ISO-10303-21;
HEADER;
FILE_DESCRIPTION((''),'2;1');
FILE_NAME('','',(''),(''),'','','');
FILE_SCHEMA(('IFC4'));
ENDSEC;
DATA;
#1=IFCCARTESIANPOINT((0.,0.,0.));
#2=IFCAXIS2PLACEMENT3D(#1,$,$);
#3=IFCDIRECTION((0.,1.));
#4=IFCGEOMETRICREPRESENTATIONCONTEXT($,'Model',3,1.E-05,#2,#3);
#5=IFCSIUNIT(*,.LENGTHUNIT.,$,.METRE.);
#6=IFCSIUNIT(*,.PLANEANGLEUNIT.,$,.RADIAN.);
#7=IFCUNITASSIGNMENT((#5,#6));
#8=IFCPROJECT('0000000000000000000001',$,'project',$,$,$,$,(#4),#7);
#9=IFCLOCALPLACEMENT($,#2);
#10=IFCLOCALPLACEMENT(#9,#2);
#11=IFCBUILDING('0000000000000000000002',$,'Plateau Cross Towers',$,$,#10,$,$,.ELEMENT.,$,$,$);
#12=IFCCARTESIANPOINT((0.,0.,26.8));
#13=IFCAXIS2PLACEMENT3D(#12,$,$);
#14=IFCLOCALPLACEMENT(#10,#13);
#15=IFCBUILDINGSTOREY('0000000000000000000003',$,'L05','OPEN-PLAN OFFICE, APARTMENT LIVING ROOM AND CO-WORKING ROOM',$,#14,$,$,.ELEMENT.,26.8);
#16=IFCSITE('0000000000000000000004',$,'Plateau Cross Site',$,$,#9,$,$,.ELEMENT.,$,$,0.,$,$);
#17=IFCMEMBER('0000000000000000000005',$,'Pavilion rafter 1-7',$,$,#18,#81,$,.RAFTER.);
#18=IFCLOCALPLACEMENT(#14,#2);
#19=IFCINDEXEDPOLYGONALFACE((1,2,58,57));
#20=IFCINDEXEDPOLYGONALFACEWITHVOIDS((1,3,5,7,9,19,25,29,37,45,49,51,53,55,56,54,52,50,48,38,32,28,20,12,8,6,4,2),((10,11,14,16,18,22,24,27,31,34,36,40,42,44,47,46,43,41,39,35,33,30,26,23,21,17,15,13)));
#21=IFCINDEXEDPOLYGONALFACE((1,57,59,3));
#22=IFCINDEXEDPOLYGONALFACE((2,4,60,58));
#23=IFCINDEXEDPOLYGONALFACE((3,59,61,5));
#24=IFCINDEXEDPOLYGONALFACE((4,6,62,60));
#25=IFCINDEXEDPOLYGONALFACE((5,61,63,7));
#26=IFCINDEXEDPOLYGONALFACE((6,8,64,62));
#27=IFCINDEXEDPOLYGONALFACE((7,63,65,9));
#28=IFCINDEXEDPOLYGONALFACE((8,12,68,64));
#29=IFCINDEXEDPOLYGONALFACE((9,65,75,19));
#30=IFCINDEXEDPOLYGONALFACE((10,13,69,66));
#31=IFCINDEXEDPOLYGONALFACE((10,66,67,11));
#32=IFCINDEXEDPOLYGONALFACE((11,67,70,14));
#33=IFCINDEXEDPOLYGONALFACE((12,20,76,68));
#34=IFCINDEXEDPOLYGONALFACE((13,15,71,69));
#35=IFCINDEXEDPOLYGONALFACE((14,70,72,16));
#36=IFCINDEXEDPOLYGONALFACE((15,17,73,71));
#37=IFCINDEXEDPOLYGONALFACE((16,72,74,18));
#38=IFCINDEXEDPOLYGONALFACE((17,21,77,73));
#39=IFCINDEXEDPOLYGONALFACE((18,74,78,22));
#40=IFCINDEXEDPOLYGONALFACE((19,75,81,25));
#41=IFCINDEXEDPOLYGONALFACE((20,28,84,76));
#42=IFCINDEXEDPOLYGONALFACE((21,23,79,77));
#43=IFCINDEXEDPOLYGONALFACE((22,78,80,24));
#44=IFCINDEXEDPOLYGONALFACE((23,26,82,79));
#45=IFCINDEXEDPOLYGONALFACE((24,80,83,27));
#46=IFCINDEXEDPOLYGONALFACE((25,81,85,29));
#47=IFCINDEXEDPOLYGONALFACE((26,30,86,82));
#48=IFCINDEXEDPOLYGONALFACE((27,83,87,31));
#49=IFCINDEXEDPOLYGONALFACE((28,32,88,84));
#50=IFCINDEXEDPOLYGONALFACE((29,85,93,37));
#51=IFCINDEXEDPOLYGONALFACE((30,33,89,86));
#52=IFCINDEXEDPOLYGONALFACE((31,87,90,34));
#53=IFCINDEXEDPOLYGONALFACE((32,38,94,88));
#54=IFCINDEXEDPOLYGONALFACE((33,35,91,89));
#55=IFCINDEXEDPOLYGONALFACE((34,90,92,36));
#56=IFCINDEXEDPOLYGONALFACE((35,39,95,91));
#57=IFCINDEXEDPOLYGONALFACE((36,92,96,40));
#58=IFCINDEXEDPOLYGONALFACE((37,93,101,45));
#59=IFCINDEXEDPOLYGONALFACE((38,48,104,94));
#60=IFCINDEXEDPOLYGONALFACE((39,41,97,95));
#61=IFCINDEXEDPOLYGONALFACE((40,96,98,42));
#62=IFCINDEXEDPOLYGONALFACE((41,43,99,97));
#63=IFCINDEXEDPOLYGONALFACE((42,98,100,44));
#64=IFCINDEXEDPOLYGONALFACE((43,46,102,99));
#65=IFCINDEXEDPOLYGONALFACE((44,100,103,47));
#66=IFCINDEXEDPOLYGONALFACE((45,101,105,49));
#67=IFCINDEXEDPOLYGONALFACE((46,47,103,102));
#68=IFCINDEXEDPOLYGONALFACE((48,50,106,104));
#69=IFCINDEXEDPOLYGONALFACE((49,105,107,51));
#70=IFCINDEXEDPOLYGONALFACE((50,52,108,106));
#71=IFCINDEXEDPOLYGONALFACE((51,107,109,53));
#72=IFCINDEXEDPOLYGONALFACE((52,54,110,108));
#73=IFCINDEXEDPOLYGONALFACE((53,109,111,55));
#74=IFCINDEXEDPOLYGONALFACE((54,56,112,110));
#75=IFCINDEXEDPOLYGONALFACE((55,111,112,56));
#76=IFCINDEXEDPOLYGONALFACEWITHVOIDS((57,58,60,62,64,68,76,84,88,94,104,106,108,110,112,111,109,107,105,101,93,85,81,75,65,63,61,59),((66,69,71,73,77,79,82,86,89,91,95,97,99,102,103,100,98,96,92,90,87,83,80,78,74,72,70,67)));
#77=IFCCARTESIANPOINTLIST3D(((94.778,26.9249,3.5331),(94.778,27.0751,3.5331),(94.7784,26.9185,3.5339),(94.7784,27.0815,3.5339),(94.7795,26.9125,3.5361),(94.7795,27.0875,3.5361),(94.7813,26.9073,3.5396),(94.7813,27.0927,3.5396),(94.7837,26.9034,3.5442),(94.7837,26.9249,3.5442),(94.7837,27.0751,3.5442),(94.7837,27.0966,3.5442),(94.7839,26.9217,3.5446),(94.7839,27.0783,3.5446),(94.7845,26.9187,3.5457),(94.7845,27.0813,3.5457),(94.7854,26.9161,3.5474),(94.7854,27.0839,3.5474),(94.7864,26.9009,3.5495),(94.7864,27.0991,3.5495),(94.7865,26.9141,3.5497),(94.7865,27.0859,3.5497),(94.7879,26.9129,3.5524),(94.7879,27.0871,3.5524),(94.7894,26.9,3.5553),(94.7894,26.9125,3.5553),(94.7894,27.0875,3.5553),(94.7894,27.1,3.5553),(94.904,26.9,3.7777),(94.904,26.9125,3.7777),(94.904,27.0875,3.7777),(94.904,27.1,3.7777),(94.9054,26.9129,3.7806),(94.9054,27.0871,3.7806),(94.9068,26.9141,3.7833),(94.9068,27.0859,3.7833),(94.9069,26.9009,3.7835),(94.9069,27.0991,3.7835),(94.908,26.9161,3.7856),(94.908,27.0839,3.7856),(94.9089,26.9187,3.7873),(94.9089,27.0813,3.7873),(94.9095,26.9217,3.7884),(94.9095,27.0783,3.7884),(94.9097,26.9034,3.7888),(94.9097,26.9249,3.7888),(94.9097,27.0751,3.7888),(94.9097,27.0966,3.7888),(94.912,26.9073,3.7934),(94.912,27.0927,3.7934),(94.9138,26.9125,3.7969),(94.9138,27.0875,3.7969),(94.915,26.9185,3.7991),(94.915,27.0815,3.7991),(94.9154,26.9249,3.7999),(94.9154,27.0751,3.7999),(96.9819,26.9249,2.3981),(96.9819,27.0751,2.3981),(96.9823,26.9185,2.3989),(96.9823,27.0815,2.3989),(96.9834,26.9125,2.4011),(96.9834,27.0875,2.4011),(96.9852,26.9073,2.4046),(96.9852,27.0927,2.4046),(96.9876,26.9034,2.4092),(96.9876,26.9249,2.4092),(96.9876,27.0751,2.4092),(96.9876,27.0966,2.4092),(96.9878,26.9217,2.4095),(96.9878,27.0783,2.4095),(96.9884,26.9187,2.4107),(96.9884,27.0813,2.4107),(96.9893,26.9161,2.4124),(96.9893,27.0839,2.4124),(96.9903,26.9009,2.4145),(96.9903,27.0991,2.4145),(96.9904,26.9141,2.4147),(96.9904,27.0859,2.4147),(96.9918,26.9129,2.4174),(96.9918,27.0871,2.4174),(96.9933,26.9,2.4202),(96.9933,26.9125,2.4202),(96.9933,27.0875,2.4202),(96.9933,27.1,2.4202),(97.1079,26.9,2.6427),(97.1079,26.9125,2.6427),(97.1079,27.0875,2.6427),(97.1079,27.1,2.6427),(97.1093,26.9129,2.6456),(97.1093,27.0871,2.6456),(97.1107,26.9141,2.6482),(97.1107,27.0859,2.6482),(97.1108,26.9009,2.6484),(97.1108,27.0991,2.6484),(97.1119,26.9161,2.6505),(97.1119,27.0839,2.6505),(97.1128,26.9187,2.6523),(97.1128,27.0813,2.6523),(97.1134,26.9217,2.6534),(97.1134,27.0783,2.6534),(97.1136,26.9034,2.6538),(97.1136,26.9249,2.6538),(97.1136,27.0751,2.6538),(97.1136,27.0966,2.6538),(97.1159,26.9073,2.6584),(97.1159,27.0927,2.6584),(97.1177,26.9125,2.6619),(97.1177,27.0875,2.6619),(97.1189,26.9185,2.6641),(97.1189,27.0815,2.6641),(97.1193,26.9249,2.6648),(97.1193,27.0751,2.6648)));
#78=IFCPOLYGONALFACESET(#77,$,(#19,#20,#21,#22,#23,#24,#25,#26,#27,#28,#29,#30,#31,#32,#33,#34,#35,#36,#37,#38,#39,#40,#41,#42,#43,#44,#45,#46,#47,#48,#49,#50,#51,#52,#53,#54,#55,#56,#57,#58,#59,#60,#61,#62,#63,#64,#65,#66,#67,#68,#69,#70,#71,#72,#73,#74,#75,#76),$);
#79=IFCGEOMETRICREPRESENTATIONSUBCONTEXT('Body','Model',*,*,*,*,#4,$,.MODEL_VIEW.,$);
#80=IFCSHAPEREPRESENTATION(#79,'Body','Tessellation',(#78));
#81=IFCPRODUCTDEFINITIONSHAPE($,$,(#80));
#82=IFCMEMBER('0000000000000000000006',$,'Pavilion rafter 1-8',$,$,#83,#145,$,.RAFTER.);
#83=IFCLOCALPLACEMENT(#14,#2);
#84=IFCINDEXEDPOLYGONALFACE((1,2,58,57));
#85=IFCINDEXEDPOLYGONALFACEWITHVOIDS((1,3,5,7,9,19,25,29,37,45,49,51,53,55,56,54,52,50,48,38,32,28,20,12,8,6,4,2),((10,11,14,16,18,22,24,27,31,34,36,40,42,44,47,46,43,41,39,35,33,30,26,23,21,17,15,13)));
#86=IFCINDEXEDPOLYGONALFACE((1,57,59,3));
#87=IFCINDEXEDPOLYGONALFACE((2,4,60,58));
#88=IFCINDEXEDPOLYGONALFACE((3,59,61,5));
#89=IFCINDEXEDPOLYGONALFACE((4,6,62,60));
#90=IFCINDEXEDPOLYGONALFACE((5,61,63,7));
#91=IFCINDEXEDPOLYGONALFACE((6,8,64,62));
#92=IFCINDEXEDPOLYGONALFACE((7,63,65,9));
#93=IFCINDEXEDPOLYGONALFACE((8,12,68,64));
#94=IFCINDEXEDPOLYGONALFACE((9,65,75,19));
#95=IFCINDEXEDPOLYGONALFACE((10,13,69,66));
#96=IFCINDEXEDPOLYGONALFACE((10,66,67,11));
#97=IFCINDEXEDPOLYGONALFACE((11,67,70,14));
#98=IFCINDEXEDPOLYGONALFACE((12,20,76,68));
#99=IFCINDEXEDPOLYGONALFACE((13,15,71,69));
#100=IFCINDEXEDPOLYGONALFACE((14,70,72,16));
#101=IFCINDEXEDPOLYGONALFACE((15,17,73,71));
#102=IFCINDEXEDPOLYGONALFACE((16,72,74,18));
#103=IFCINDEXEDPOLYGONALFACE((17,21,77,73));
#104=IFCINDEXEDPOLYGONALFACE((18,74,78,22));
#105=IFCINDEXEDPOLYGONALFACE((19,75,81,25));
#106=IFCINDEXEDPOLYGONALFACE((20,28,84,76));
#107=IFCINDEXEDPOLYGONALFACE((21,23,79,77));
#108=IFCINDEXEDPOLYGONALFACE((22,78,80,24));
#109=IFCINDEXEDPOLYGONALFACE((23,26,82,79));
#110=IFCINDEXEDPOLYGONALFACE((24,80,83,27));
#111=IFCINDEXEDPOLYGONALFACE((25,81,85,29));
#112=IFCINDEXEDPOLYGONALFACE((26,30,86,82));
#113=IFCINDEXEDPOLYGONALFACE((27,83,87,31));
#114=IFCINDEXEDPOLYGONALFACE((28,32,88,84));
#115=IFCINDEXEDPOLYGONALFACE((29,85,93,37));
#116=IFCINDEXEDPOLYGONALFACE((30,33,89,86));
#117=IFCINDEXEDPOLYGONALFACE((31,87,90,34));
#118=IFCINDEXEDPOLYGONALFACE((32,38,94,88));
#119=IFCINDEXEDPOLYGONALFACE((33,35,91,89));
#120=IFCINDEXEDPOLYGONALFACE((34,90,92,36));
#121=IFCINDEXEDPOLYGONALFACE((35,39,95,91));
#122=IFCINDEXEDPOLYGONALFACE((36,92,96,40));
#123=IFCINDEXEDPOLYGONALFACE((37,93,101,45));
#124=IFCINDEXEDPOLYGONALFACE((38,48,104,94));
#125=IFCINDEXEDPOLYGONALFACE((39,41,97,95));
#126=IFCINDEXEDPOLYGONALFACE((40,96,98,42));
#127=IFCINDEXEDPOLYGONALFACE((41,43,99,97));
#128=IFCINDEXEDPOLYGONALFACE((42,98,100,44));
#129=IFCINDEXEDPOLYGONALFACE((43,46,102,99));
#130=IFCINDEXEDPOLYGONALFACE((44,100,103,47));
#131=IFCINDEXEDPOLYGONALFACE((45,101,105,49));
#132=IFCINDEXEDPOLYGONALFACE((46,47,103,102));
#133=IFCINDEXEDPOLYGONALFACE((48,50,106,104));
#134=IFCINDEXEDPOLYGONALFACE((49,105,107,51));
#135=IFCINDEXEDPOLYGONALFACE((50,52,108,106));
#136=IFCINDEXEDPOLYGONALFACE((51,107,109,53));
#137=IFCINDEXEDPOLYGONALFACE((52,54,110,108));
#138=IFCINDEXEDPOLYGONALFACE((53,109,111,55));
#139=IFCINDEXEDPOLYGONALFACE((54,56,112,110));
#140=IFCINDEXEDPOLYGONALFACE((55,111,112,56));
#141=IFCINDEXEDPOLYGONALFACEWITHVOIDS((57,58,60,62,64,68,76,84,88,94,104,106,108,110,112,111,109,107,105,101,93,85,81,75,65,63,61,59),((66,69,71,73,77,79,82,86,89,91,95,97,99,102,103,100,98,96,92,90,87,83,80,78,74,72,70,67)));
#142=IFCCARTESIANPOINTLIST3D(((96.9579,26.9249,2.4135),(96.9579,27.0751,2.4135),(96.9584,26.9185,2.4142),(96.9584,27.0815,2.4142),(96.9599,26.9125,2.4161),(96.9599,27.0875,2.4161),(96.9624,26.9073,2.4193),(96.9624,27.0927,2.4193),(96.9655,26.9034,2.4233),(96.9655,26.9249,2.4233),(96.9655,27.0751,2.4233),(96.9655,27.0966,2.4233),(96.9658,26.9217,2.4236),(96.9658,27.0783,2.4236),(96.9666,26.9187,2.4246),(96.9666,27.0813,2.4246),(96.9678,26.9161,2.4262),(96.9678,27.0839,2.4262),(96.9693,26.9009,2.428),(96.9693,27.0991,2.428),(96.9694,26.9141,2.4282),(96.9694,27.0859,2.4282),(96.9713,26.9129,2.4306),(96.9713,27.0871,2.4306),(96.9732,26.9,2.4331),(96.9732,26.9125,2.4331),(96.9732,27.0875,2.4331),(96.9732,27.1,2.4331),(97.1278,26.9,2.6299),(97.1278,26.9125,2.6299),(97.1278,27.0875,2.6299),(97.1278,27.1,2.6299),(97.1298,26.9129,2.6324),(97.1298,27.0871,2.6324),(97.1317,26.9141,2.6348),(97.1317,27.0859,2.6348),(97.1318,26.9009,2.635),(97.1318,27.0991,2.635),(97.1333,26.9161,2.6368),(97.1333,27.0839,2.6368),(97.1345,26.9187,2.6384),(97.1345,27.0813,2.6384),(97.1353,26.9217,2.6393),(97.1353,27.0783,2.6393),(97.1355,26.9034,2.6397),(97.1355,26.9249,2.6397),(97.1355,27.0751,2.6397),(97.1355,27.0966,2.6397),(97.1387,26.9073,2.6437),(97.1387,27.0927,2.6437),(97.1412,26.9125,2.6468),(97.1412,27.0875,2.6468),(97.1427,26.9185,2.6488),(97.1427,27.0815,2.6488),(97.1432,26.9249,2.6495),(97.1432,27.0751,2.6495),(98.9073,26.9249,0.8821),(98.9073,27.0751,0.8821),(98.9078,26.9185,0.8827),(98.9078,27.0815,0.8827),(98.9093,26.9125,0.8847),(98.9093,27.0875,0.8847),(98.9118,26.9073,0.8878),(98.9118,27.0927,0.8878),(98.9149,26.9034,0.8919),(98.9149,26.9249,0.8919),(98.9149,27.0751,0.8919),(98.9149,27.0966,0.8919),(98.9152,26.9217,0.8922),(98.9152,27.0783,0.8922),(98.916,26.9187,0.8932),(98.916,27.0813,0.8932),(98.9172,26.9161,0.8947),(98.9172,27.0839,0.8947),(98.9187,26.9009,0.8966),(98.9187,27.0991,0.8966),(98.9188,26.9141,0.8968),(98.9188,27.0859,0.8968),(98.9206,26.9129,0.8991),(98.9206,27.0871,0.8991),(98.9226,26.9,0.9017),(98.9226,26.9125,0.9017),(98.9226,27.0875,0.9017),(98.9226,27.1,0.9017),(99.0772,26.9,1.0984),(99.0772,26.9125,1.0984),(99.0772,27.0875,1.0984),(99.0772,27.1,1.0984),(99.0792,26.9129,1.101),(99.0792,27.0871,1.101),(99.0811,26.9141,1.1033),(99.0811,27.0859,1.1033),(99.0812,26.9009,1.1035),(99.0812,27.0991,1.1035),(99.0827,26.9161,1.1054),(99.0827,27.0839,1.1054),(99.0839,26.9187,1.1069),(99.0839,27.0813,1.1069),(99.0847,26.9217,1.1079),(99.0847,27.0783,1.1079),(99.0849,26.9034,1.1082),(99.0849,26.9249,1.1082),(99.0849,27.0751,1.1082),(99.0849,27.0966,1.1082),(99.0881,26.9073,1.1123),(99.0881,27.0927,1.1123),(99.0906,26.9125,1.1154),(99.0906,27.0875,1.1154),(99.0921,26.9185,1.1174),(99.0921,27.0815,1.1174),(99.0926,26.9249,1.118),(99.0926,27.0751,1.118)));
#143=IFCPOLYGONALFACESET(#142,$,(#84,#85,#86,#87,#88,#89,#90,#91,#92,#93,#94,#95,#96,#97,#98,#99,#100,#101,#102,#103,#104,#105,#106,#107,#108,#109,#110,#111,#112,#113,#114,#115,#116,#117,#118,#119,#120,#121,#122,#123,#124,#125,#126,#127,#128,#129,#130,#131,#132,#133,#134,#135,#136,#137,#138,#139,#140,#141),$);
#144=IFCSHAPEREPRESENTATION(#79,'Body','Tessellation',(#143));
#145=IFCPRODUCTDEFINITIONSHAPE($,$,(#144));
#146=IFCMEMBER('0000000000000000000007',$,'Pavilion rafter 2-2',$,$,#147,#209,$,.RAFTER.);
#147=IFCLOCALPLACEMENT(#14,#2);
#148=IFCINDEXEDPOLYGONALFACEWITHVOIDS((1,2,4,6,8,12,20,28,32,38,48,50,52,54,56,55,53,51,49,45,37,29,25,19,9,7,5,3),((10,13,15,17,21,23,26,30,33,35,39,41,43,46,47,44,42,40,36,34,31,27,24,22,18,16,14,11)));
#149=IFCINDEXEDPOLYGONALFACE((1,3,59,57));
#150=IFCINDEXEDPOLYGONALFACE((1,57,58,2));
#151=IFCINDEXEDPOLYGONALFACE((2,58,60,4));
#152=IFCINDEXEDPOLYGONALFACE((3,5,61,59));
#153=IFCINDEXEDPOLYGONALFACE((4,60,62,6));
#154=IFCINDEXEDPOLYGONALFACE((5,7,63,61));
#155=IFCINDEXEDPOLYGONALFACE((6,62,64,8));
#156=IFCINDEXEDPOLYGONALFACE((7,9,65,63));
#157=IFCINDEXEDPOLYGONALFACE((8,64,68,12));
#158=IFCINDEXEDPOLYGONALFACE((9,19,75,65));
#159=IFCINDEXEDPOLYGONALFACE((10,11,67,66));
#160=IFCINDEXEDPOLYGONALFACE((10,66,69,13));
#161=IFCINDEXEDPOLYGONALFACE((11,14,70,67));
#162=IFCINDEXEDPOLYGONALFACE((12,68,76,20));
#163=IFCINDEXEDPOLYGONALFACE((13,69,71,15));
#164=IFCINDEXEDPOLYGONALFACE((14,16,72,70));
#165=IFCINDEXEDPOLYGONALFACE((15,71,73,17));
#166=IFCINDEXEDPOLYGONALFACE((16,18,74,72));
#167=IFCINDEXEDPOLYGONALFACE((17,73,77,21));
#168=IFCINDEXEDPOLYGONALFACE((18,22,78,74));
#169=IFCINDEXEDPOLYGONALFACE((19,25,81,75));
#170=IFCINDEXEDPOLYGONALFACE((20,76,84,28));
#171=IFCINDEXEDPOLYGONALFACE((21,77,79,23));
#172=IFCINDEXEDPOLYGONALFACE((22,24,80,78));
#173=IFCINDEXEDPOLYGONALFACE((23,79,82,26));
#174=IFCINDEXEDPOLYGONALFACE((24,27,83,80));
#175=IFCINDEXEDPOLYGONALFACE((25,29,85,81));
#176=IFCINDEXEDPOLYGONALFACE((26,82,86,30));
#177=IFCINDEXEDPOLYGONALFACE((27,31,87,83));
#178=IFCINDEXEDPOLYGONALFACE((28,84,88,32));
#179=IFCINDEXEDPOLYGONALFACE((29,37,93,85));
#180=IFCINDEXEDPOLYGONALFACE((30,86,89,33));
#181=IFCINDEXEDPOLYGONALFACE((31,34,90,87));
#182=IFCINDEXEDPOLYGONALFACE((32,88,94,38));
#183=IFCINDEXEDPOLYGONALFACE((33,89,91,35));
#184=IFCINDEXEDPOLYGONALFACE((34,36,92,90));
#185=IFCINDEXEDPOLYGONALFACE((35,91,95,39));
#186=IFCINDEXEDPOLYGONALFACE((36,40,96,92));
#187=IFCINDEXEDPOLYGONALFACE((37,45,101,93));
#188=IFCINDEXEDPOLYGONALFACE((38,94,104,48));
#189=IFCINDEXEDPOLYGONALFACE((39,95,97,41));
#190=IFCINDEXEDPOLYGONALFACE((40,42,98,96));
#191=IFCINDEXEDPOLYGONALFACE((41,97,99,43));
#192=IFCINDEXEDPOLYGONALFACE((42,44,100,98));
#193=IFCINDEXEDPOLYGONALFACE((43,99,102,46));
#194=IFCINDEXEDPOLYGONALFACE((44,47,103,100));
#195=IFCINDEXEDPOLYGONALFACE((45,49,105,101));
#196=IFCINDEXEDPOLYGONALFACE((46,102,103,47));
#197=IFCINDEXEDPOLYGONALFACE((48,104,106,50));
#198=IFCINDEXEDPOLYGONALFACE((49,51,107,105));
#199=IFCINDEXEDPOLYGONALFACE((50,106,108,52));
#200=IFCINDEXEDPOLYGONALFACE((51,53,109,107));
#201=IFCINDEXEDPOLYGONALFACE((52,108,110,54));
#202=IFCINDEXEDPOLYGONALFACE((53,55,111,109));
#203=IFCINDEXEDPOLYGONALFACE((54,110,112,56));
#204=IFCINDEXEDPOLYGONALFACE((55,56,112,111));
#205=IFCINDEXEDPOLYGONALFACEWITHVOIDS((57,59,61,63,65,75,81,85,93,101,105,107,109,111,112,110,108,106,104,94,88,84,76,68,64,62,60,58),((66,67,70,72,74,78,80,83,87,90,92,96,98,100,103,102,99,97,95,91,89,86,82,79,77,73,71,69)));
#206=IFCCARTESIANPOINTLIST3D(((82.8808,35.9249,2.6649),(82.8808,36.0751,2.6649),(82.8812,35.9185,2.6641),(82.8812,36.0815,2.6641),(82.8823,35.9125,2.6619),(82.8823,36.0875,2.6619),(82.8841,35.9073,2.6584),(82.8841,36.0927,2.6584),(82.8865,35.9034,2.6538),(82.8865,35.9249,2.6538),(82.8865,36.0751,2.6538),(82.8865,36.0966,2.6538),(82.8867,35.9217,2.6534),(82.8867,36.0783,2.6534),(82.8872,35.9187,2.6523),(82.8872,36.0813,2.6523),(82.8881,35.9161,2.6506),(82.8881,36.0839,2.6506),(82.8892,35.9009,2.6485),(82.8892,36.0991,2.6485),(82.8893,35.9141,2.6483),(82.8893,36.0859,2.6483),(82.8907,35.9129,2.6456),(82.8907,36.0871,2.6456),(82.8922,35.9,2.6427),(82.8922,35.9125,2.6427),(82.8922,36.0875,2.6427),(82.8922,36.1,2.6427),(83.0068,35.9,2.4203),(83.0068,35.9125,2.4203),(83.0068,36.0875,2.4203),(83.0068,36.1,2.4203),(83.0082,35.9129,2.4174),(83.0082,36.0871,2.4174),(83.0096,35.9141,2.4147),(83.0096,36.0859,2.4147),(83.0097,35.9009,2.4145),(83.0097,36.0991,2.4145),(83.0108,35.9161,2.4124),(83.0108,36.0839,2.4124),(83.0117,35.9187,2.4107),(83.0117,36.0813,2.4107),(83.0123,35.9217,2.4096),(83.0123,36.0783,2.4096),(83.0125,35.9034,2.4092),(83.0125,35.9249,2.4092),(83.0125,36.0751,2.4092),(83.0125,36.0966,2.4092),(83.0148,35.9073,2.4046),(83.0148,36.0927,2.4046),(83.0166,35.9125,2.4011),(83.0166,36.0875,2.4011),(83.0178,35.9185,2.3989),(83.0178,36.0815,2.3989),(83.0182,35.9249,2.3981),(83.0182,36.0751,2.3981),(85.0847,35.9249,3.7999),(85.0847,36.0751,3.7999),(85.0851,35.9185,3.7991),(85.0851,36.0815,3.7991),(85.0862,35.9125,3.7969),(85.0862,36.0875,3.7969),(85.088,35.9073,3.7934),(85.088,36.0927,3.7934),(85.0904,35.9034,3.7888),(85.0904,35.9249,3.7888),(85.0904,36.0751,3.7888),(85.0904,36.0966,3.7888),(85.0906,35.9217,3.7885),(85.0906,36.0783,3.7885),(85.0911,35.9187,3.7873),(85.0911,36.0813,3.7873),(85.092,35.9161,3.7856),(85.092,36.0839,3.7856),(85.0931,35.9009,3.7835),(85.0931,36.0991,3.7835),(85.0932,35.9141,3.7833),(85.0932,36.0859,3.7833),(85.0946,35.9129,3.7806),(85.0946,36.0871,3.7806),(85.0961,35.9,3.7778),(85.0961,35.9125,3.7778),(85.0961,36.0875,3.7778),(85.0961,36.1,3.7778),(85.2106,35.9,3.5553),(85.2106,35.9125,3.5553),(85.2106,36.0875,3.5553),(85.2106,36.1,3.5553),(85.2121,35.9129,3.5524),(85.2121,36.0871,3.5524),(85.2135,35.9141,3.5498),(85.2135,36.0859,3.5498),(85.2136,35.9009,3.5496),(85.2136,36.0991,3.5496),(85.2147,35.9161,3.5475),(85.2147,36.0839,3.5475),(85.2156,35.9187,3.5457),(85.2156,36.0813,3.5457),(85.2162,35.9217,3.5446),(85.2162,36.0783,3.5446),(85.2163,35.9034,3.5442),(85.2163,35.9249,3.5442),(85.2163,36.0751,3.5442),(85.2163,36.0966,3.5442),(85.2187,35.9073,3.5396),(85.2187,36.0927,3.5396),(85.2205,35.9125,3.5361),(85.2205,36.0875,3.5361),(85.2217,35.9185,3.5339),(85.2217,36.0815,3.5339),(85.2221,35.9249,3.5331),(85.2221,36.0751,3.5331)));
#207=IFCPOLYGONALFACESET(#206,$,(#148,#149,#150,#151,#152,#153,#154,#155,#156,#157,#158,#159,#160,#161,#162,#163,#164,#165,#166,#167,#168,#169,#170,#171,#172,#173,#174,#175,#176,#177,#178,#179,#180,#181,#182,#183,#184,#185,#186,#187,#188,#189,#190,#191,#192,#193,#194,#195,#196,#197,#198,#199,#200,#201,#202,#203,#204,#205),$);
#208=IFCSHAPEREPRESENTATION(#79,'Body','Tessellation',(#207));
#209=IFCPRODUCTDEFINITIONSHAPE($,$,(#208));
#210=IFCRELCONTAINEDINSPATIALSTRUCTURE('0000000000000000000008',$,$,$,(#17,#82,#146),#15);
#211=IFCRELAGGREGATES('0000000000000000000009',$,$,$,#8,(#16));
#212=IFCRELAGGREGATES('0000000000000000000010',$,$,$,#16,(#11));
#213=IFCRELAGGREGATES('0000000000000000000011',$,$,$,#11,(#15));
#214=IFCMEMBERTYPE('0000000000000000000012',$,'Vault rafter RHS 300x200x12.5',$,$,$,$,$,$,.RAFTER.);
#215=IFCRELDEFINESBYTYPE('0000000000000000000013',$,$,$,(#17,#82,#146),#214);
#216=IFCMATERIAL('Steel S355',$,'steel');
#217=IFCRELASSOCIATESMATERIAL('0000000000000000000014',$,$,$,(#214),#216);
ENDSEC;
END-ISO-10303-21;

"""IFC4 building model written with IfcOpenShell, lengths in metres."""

from ifc_helpers import new_model, si_unit, direction, frame, origin, origin_2d, place, context, subcontext, project, spatial, hollow_rectangle, extrude, material, material_profile, profile_set, type_object, element, save


model = new_model("IFC4")

# Units and contexts
model_context = context("Model", 3, precision=1e-05, world=origin(), true_north=direction((0.0, 1.0)))
body_context = subcontext(model_context, "Body", "Model", "MODEL_VIEW")
ifc_project = project(units=[si_unit("LENGTHUNIT", "METRE"), si_unit("PLANEANGLEUNIT", "RADIAN")], contexts=[model_context])

# Site, building, storey
site_placement = place(None, origin())
site = spatial("IfcSite", under=ifc_project, at=site_placement, Name="Plateau Cross Site", CompositionType="ELEMENT", RefElevation=0.0)
building_placement = place(site_placement, origin())
building = spatial("IfcBuilding", under=site, at=building_placement, Name="Plateau Cross Towers", CompositionType="ELEMENT")
storey_placement = place(building_placement, frame((0.0, 0.0, 26.8)))
storey = spatial("IfcBuildingStorey", under=building, at=storey_placement, Name="L05", Description="OPEN-PLAN OFFICE, APARTMENT LIVING ROOM AND CO-WORKING ROOM", CompositionType="ELEMENT", Elevation=26.8)

# Shared definitions
ifc_material_1 = material(Name="Steel S355", Category="steel")

# Members
ifc_material_profile_1 = material_profile(ifc_material_1, hollow_rectangle(XDim=0.2, YDim=0.3, WallThickness=0.0125, InnerFilletRadius=0.0125, OuterFilletRadius=0.0249, at=origin_2d()), Name="RHS 300x200x12.5")
ifc_profile_set_1 = profile_set([ifc_material_profile_1], Name="Steel S355")
member_type = type_object("IfcMemberType", Name="Vault rafter RHS 300x200x12.5", PredefinedType="RAFTER", material=ifc_profile_set_1)
for number, where, z_axis, x_axis, name in (
    (1, (94.8467, 27.0, 3.6665), (0.889026, 0.0, -0.457858), (0.0, 1.0, 0.0), "Pavilion rafter 1-7"),
    (2, (97.0505, 27.0, 2.5315), (0.786363, 0.0, -0.617765), (0.0, 1.0, 0.0), "Pavilion rafter 1-8"),
    (3, (82.9495, 36.0, 2.5315), (0.889026, 0.0, 0.457858), (0.0, 1.0, 0.0), "Pavilion rafter 2-2"),
):
    element("IfcMember", number, at=place(storey_placement, frame(where, z_axis=z_axis, x_axis=x_axis)), inside=storey, type_object=member_type, Name=name, PredefinedType="RAFTER", context=body_context, shape_type="SweptSolid", body=[
        extrude(hollow_rectangle(XDim=0.2, YDim=0.3, WallThickness=0.0125, InnerFilletRadius=0.0125, OuterFilletRadius=0.0249, at=origin_2d()), origin(), (0.0, 0.0, 1.0), 2.479),
    ])

save(model, "model.ifc")
